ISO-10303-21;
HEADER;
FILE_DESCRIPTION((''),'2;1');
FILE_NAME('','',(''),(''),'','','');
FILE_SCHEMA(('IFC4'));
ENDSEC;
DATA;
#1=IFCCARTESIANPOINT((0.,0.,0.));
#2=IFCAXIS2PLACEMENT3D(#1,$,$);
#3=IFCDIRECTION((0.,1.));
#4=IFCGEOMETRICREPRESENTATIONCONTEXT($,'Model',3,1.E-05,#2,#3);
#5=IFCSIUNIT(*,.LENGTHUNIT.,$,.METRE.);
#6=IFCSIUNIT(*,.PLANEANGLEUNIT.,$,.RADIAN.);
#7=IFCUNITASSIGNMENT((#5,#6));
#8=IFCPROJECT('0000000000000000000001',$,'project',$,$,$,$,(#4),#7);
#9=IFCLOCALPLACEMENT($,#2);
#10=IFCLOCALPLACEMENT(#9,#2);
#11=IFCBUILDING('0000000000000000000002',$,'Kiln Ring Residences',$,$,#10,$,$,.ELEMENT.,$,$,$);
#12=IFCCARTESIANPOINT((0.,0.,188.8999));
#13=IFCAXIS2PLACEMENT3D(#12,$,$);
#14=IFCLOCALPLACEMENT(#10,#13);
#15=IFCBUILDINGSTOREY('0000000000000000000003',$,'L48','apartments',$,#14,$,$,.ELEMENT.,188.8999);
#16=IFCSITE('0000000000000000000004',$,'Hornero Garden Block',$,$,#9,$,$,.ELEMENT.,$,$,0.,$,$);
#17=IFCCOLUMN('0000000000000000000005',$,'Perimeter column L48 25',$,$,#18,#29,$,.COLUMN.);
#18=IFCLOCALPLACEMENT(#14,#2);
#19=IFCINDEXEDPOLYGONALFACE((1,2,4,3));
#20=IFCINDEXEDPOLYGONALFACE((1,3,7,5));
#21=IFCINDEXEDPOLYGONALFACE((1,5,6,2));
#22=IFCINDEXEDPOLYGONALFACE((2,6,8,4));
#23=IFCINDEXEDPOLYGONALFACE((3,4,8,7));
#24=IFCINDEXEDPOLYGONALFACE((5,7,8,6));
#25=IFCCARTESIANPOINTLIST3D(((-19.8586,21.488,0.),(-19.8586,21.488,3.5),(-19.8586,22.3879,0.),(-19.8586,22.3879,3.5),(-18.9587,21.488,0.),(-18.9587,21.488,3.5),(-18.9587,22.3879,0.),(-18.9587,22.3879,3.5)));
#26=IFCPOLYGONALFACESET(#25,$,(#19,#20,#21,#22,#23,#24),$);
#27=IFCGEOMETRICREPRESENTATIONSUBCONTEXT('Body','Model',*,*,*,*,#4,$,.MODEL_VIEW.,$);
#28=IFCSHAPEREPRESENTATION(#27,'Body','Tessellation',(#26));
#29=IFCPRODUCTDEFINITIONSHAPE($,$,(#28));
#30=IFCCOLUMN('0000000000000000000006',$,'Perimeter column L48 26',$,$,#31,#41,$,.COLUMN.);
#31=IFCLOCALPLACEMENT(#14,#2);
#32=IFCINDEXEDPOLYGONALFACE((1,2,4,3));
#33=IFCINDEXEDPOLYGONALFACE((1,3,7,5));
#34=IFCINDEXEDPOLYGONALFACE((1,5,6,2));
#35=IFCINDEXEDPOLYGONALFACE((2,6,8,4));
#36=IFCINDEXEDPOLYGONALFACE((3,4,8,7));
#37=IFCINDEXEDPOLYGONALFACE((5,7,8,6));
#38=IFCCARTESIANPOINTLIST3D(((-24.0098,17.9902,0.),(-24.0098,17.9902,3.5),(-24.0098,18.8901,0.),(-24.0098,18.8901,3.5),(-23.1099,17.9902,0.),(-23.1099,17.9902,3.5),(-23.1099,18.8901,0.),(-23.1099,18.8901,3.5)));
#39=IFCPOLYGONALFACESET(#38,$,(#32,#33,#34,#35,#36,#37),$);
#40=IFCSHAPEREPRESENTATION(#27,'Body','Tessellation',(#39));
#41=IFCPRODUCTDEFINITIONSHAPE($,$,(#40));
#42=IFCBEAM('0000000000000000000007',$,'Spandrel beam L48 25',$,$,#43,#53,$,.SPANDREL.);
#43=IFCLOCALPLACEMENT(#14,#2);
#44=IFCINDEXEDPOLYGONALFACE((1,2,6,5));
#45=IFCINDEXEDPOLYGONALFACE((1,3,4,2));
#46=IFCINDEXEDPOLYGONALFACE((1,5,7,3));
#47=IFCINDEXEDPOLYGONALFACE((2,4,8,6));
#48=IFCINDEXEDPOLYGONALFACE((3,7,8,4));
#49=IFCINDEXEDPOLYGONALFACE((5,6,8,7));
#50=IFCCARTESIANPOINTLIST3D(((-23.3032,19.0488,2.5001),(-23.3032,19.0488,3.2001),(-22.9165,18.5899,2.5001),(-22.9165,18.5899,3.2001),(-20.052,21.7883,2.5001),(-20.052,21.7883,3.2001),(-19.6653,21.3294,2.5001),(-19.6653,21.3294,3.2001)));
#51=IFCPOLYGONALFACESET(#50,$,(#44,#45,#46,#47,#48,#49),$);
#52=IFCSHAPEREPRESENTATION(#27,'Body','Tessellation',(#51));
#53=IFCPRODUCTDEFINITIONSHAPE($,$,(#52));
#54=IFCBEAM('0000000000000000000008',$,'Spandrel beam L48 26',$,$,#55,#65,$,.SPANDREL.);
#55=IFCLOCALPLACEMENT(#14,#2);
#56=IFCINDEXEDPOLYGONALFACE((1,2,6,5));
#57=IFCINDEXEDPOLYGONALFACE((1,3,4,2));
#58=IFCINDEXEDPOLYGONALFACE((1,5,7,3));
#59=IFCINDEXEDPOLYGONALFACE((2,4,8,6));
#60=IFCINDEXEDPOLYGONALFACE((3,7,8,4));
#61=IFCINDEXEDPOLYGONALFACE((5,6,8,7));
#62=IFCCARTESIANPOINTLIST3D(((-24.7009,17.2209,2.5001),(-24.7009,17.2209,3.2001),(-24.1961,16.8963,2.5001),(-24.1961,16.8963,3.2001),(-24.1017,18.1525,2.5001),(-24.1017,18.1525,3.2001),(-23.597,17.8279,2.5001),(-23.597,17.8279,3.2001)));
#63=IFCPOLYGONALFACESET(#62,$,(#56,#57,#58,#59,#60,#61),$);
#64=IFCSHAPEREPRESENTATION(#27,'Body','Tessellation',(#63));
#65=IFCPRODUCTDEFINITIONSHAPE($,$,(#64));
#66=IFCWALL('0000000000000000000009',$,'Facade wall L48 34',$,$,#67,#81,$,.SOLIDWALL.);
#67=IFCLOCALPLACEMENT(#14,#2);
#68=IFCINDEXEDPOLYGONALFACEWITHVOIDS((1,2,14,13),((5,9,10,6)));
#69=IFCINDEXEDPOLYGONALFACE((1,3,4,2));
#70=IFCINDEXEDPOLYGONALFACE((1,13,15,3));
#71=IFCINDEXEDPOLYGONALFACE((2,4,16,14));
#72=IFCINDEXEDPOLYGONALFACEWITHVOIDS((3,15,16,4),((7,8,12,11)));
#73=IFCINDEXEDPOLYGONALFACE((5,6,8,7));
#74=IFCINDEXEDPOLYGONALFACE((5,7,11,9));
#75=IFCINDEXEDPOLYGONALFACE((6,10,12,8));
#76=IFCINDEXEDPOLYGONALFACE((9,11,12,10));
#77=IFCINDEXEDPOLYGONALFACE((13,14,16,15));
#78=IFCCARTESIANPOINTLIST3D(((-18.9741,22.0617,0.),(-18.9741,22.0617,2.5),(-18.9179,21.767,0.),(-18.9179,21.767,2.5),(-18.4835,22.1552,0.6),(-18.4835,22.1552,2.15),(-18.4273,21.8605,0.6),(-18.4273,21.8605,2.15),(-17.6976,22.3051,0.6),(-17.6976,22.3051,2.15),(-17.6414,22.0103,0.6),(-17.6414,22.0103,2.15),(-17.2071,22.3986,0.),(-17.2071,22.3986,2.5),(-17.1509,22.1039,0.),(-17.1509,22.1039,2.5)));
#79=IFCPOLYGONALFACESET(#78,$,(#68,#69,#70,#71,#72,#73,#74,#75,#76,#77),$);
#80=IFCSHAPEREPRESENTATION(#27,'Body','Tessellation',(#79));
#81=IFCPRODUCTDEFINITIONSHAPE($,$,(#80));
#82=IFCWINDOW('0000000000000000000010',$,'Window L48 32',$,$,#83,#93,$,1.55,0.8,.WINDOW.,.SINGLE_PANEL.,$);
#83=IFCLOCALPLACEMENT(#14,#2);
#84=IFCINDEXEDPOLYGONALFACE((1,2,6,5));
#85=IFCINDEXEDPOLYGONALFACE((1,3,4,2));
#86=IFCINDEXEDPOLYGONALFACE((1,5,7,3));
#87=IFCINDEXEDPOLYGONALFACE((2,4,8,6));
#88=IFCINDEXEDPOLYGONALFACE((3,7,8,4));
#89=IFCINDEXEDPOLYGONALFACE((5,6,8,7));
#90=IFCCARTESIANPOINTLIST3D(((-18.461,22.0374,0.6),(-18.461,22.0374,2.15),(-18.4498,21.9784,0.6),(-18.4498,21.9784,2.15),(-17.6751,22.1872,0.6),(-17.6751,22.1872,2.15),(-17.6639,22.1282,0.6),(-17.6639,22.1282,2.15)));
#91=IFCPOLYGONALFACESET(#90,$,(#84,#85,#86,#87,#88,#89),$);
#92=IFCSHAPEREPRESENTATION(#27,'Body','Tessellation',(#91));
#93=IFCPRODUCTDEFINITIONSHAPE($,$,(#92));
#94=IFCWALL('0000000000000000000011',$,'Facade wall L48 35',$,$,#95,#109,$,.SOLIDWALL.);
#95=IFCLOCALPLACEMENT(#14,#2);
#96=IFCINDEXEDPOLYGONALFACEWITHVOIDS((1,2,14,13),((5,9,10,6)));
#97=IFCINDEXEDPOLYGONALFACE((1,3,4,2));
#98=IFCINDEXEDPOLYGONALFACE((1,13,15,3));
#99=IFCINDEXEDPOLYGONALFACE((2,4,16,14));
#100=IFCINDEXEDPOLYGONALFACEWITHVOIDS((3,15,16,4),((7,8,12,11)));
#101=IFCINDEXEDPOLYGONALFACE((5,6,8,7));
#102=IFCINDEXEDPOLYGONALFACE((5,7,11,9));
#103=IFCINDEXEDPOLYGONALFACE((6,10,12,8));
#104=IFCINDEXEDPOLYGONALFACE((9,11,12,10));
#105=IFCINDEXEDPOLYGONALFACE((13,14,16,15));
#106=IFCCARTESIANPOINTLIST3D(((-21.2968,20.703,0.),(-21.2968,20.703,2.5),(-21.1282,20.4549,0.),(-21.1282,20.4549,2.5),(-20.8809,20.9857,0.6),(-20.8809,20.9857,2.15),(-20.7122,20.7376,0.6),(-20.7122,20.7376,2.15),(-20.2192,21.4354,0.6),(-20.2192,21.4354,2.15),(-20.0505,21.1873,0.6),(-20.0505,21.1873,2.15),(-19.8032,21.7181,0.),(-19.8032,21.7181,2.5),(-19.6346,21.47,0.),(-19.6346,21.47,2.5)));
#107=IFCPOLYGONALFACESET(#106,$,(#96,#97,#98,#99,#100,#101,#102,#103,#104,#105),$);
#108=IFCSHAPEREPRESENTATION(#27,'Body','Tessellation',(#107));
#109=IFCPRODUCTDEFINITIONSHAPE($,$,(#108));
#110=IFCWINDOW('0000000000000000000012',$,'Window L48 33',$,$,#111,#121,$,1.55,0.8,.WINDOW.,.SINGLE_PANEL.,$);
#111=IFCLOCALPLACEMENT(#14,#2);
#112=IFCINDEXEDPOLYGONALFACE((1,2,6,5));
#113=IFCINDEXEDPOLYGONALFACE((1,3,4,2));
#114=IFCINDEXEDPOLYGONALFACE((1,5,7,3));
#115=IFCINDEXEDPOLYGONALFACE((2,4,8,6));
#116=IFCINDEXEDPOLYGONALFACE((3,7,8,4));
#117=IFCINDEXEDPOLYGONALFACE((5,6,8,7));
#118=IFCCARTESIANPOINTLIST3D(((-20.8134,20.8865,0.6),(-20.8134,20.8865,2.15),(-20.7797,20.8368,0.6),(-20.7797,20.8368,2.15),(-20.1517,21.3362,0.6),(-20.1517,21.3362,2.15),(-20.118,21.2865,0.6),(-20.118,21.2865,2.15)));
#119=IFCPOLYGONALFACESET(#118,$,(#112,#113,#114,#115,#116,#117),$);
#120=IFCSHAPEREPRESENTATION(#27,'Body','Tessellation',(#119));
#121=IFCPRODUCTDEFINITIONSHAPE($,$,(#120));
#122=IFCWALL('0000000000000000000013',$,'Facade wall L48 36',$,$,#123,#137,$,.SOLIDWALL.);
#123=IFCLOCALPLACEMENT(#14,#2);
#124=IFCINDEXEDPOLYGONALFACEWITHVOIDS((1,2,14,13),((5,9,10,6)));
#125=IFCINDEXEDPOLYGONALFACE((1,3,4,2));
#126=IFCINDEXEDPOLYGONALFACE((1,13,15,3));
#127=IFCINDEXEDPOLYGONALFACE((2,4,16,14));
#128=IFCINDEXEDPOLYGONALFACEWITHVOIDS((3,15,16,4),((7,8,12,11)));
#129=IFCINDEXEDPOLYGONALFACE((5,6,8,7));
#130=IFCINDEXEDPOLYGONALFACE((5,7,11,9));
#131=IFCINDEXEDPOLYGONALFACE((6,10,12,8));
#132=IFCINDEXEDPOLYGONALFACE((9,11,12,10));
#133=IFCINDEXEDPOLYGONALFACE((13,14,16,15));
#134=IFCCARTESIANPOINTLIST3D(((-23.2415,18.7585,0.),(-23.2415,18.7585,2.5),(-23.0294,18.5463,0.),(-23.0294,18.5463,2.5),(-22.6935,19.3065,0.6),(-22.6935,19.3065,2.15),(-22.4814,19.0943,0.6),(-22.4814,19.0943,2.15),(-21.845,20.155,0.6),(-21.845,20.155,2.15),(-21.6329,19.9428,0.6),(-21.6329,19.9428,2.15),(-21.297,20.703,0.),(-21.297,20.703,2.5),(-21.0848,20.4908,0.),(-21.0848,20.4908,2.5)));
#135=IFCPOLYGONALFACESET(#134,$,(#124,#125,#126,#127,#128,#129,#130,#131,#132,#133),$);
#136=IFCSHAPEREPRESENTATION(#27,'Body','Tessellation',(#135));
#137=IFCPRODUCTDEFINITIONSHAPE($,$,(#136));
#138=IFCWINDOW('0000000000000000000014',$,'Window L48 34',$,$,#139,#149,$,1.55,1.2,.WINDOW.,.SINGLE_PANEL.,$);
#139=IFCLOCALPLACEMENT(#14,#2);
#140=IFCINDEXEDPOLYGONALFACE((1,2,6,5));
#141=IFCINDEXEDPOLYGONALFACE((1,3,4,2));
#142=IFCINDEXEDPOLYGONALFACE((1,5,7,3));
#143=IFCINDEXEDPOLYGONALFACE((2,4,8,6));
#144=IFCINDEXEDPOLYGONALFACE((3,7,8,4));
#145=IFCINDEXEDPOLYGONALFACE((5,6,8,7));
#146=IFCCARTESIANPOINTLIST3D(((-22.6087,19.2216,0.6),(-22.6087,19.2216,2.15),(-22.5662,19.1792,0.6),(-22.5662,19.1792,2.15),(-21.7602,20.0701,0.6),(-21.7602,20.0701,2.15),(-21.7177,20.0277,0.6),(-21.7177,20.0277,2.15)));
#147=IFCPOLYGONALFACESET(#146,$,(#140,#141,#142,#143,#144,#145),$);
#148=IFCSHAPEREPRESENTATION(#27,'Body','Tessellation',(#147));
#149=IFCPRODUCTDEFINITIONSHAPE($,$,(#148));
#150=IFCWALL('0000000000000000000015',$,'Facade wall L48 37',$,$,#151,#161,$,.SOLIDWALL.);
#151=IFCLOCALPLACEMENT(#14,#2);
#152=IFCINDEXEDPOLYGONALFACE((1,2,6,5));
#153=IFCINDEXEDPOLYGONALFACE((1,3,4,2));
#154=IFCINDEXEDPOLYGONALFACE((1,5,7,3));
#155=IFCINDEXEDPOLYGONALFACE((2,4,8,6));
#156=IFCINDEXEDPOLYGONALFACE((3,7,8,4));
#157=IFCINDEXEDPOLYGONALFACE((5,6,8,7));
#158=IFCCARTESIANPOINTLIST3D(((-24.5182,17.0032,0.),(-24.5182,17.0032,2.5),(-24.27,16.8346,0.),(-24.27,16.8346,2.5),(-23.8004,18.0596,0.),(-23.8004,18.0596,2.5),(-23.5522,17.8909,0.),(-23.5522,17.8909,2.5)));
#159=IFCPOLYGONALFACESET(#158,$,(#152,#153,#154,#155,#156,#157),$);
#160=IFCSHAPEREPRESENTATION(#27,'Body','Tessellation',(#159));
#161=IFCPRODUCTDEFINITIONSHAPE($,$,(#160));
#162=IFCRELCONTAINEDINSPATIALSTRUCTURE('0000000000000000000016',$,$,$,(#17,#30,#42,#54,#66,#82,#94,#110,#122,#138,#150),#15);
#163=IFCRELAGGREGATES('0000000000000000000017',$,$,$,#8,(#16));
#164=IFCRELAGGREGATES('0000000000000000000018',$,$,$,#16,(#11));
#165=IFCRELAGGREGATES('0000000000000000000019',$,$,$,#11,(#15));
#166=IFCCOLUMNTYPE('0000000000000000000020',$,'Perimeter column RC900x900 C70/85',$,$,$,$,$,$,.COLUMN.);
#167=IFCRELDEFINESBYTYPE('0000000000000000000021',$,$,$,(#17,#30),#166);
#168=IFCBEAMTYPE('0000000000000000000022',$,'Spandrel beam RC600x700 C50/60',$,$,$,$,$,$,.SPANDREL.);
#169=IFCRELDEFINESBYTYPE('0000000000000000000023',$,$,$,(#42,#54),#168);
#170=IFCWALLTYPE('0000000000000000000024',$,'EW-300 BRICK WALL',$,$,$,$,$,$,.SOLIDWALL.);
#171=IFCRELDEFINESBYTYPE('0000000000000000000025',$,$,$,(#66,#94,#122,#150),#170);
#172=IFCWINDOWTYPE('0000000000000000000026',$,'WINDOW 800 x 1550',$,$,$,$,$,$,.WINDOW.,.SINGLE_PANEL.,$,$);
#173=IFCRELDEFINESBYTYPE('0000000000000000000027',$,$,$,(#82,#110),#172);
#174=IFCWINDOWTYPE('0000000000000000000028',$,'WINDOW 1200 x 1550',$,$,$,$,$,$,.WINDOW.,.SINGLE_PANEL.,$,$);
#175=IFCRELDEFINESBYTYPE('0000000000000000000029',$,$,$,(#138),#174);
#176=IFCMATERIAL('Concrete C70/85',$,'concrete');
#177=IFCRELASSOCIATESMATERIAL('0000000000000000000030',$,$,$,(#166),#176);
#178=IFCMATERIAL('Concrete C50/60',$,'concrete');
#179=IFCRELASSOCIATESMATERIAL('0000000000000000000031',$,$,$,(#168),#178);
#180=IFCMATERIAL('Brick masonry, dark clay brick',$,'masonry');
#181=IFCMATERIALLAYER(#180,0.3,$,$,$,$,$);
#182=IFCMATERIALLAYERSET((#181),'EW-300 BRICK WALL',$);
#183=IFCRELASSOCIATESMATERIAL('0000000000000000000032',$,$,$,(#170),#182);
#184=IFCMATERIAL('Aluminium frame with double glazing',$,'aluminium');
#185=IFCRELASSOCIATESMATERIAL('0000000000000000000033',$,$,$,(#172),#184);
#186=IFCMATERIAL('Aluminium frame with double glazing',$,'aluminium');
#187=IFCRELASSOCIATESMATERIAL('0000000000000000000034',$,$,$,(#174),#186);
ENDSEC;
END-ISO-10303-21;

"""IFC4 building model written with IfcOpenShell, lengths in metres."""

from ifc_helpers import new_model, si_unit, direction, frame, frame_2d, origin, origin_2d, place, context, subcontext, project, spatial, rectangle, extrude, material, layer, layer_set, material_profile, profile_set, type_object, element, fill, save


model = new_model("IFC4")

# Units and contexts
model_context = context("Model", 3, precision=1e-05, world=origin(), true_north=direction((0.0, 1.0)))
body_context = subcontext(model_context, "Body", "Model", "MODEL_VIEW")
ifc_project = project(units=[si_unit("LENGTHUNIT", "METRE"), si_unit("PLANEANGLEUNIT", "RADIAN")], contexts=[model_context])

# Site, building, storey
site_placement = place(None, origin())
site = spatial("IfcSite", under=ifc_project, at=site_placement, Name="Hornero Garden Block", CompositionType="ELEMENT", RefElevation=0.0)
building_placement = place(site_placement, origin())
building = spatial("IfcBuilding", under=site, at=building_placement, Name="Kiln Ring Residences", CompositionType="ELEMENT")
storey_placement = place(building_placement, frame((0.0, 0.0, 188.8999)))
storey = spatial("IfcBuildingStorey", under=building, at=storey_placement, Name="L48", Description="apartments", CompositionType="ELEMENT", Elevation=188.8999)

# Columns
ifc_material_1 = material(Name="Concrete C70/85", Category="concrete")
ifc_material_profile_1 = material_profile(ifc_material_1, rectangle(XDim=0.8999, YDim=0.8999, at=origin_2d()), Name="RC900x900")
ifc_profile_set_1 = profile_set([ifc_material_profile_1], Name="Concrete C70/85")
column_type = type_object("IfcColumnType", Name="Perimeter column RC900x900 C70/85", PredefinedType="COLUMN", material=ifc_profile_set_1)
for number, where, z_axis, x_axis, name in (
    (1, (-19.4087, 21.938, 0.0), (0.0, 0.0, 1.0), (1.0, 0.0, 0.0), "Perimeter column L48 25"),
    (2, (-23.5598, 18.4402, 0.0), (0.0, 0.0, 1.0), (1.0, 0.0, 0.0), "Perimeter column L48 26"),
):
    element("IfcColumn", number, at=place(storey_placement, frame(where, z_axis=z_axis, x_axis=x_axis)), inside=storey, type_object=column_type, Name=name, PredefinedType="COLUMN", context=body_context, shape_type="SweptSolid", body=[
        extrude(rectangle(XDim=0.8999, YDim=0.8999, at=origin_2d()), origin(), (0.0, 0.0, 1.0), 3.5),
    ])

# Beams
ifc_material_2 = material(Name="Concrete C50/60", Category="concrete")
ifc_material_profile_2 = material_profile(ifc_material_2, rectangle(XDim=0.6001, YDim=0.7, at=origin_2d()), Name="RC600x700")
ifc_profile_set_2 = profile_set([ifc_material_profile_2], Name="Concrete C50/60")
beam_type = type_object("IfcBeamType", Name="Spandrel beam RC600x700 C50/60", PredefinedType="SPANDREL", material=ifc_profile_set_2)
beam_1_placement = place(storey_placement, frame((-19.8586, 21.5588, 2.8501), z_axis=(-0.764722, -0.64436, 0.0), x_axis=(0.64436, -0.764722, 0.0)))
element("IfcBeam", 3, at=beam_1_placement, inside=storey, type_object=beam_type, Name="Spandrel beam L48 25", PredefinedType="SPANDREL", context=body_context, shape_type="SweptSolid", body=[
    extrude(rectangle(XDim=0.6001, YDim=0.7, at=origin_2d()), origin(), (0.0, 0.0, 1.0), 4.2515),
])
beam_2_placement = place(storey_placement, frame((-23.8494, 17.9902, 2.8501), z_axis=(-0.540891, -0.841093, 0.0), x_axis=(0.841093, -0.540891, 0.0)))
element("IfcBeam", 4, at=beam_2_placement, inside=storey, type_object=beam_type, Name="Spandrel beam L48 26", PredefinedType="SPANDREL", context=body_context, shape_type="SweptSolid", body=[
    extrude(rectangle(XDim=0.6001, YDim=0.7, at=origin_2d()), origin(), (0.0, 0.0, 1.0), 1.1077),
])

# Walls, openings, windows
ifc_material_3 = material(Name="Brick masonry, dark clay brick", Category="masonry")
ifc_layer_1 = layer(ifc_material_3, 0.3)
ifc_layer_set_1 = layer_set([ifc_layer_1], Name="EW-300 BRICK WALL")
wall_type_1 = type_object("IfcWallType", Name="EW-300 BRICK WALL", PredefinedType="SOLIDWALL", material=ifc_layer_set_1)
wall_1_placement = place(storey_placement, frame((-17.179, 22.2512, 0.0), z_axis=(0.0, 0.0, 1.0), x_axis=(-0.982305, -0.187287, 0.0)))
wall_1 = element("IfcWall", 5, at=wall_1_placement, inside=storey, type_object=wall_type_1, Name="Facade wall L48 34", PredefinedType="SOLIDWALL", context=body_context, shape_type="SweptSolid", body=[
    extrude(rectangle(XDim=1.7988, YDim=0.3, at=frame_2d((0.8994, 0.0))), origin(), (0.0, 0.0, 1.0), 2.5),
])
opening_1_placement = place(wall_1_placement, frame((0.4995, 0.0, 0.6001)))
opening_1 = element("IfcOpeningElement", 6, at=opening_1_placement, cuts=wall_1, PredefinedType="OPENING", context=body_context, shape_type="SweptSolid", body=[
    extrude(rectangle(XDim=0.8, YDim=1.55, at=frame_2d((0.3999, 0.7749))), frame((0.0, 0.1599, 0.0), z_axis=(0.0, -1.0, 0.0), x_axis=(1.0, 0.0, 0.0)), (0.0, 0.0, 1.0), 0.3201),
])
ifc_material_4 = material(Name="Aluminium frame with double glazing", Category="aluminium")
window_type_1 = type_object("IfcWindowType", Name="WINDOW 800 x 1550", PartitioningType="SINGLE_PANEL", PredefinedType="WINDOW", material=ifc_material_4)
window_1_placement = place(opening_1_placement, origin())
window_1 = element("IfcWindow", 7, at=window_1_placement, inside=storey, type_object=window_type_1, Name="Window L48 32", OverallHeight=1.55, OverallWidth=0.8, PartitioningType="SINGLE_PANEL", PredefinedType="WINDOW", context=body_context, shape_type="SweptSolid", body=[
    extrude(rectangle(XDim=0.8, YDim=1.55, at=frame_2d((0.3999, 0.7749))), frame((0.0, 0.03, 0.0), z_axis=(0.0, -1.0, 0.0), x_axis=(1.0, 0.0, 0.0)), (0.0, 0.0, 1.0), 0.0601),
])
fill(opening_1, window_1)
wall_2_placement = place(storey_placement, frame((-19.719, 21.594, 0.0), z_axis=(0.0, 0.0, 1.0), x_axis=(-0.827067, -0.562103, 0.0)))
wall_2 = element("IfcWall", 8, at=wall_2_placement, inside=storey, type_object=wall_type_1, Name="Facade wall L48 35", PredefinedType="SOLIDWALL", context=body_context, shape_type="SweptSolid", body=[
    extrude(rectangle(XDim=1.8059, YDim=0.3, at=frame_2d((0.9028, 0.0))), origin(), (0.0, 0.0, 1.0), 2.5),
])
opening_2_placement = place(wall_2_placement, frame((0.5029, 0.0, 0.6001)))
opening_2 = element("IfcOpeningElement", 9, at=opening_2_placement, cuts=wall_2, PredefinedType="OPENING", context=body_context, shape_type="SweptSolid", body=[
    extrude(rectangle(XDim=0.8, YDim=1.55, at=frame_2d((0.3999, 0.7749))), frame((0.0, 0.1599, 0.0), z_axis=(0.0, -1.0, 0.0), x_axis=(1.0, 0.0, 0.0)), (0.0, 0.0, 1.0), 0.3201),
])
window_2_placement = place(opening_2_placement, origin())
window_2 = element("IfcWindow", 10, at=window_2_placement, inside=storey, type_object=window_type_1, Name="Window L48 33", OverallHeight=1.55, OverallWidth=0.8, PartitioningType="SINGLE_PANEL", PredefinedType="WINDOW", context=body_context, shape_type="SweptSolid", body=[
    extrude(rectangle(XDim=0.8, YDim=1.55, at=frame_2d((0.3999, 0.7749))), frame((0.0, 0.03, 0.0), z_axis=(0.0, -1.0, 0.0), x_axis=(1.0, 0.0, 0.0)), (0.0, 0.0, 1.0), 0.0601),
])
fill(opening_2, window_2)
wall_3_placement = place(storey_placement, frame((-21.1909, 20.5969, 0.0), z_axis=(0.0, 0.0, 1.0), x_axis=(-0.707107, -0.707107, 0.0)))
wall_3 = element("IfcWall", 11, at=wall_3_placement, inside=storey, type_object=wall_type_1, Name="Facade wall L48 36", PredefinedType="SOLIDWALL", context=body_context, shape_type="SweptSolid", body=[
    extrude(rectangle(XDim=2.75, YDim=0.3, at=frame_2d((1.375, 0.0))), origin(), (0.0, 0.0, 1.0), 2.5),
])
opening_3_placement = place(wall_3_placement, frame((0.7749, 0.0, 0.6001)))
opening_3 = element("IfcOpeningElement", 12, at=opening_3_placement, cuts=wall_3, PredefinedType="OPENING", context=body_context, shape_type="SweptSolid", body=[
    extrude(rectangle(XDim=1.2, YDim=1.55, at=frame_2d((0.6001, 0.7749))), frame((0.0, 0.1599, 0.0), z_axis=(0.0, -1.0, 0.0), x_axis=(1.0, 0.0, 0.0)), (0.0, 0.0, 1.0), 0.3201),
])
ifc_material_5 = material(Name="Aluminium frame with double glazing", Category="aluminium")
window_type_2 = type_object("IfcWindowType", Name="WINDOW 1200 x 1550", PartitioningType="SINGLE_PANEL", PredefinedType="WINDOW", material=ifc_material_5)
window_3_placement = place(opening_3_placement, origin())
window_3 = element("IfcWindow", 13, at=window_3_placement, inside=storey, type_object=window_type_2, Name="Window L48 34", OverallHeight=1.55, OverallWidth=1.2, PartitioningType="SINGLE_PANEL", PredefinedType="WINDOW", context=body_context, shape_type="SweptSolid", body=[
    extrude(rectangle(XDim=1.2, YDim=1.55, at=frame_2d((0.6001, 0.7749))), frame((0.0, 0.03, 0.0), z_axis=(0.0, -1.0, 0.0), x_axis=(1.0, 0.0, 0.0)), (0.0, 0.0, 1.0), 0.0601),
])
fill(opening_3, window_3)

# Wall
wall_4_placement = place(storey_placement, frame((-23.6763, 17.9753, 0.0), z_axis=(0.0, 0.0, 1.0), x_axis=(-0.562001, -0.827136, 0.0)))
element("IfcWall", 14, at=wall_4_placement, inside=storey, type_object=wall_type_1, Name="Facade wall L48 37", PredefinedType="SOLIDWALL", context=body_context, shape_type="SweptSolid", body=[
    extrude(rectangle(XDim=1.2771, YDim=0.3, at=frame_2d((0.6387, 0.0))), origin(), (0.0, 0.0, 1.0), 2.5),
])

save(model, "model.ifc")
